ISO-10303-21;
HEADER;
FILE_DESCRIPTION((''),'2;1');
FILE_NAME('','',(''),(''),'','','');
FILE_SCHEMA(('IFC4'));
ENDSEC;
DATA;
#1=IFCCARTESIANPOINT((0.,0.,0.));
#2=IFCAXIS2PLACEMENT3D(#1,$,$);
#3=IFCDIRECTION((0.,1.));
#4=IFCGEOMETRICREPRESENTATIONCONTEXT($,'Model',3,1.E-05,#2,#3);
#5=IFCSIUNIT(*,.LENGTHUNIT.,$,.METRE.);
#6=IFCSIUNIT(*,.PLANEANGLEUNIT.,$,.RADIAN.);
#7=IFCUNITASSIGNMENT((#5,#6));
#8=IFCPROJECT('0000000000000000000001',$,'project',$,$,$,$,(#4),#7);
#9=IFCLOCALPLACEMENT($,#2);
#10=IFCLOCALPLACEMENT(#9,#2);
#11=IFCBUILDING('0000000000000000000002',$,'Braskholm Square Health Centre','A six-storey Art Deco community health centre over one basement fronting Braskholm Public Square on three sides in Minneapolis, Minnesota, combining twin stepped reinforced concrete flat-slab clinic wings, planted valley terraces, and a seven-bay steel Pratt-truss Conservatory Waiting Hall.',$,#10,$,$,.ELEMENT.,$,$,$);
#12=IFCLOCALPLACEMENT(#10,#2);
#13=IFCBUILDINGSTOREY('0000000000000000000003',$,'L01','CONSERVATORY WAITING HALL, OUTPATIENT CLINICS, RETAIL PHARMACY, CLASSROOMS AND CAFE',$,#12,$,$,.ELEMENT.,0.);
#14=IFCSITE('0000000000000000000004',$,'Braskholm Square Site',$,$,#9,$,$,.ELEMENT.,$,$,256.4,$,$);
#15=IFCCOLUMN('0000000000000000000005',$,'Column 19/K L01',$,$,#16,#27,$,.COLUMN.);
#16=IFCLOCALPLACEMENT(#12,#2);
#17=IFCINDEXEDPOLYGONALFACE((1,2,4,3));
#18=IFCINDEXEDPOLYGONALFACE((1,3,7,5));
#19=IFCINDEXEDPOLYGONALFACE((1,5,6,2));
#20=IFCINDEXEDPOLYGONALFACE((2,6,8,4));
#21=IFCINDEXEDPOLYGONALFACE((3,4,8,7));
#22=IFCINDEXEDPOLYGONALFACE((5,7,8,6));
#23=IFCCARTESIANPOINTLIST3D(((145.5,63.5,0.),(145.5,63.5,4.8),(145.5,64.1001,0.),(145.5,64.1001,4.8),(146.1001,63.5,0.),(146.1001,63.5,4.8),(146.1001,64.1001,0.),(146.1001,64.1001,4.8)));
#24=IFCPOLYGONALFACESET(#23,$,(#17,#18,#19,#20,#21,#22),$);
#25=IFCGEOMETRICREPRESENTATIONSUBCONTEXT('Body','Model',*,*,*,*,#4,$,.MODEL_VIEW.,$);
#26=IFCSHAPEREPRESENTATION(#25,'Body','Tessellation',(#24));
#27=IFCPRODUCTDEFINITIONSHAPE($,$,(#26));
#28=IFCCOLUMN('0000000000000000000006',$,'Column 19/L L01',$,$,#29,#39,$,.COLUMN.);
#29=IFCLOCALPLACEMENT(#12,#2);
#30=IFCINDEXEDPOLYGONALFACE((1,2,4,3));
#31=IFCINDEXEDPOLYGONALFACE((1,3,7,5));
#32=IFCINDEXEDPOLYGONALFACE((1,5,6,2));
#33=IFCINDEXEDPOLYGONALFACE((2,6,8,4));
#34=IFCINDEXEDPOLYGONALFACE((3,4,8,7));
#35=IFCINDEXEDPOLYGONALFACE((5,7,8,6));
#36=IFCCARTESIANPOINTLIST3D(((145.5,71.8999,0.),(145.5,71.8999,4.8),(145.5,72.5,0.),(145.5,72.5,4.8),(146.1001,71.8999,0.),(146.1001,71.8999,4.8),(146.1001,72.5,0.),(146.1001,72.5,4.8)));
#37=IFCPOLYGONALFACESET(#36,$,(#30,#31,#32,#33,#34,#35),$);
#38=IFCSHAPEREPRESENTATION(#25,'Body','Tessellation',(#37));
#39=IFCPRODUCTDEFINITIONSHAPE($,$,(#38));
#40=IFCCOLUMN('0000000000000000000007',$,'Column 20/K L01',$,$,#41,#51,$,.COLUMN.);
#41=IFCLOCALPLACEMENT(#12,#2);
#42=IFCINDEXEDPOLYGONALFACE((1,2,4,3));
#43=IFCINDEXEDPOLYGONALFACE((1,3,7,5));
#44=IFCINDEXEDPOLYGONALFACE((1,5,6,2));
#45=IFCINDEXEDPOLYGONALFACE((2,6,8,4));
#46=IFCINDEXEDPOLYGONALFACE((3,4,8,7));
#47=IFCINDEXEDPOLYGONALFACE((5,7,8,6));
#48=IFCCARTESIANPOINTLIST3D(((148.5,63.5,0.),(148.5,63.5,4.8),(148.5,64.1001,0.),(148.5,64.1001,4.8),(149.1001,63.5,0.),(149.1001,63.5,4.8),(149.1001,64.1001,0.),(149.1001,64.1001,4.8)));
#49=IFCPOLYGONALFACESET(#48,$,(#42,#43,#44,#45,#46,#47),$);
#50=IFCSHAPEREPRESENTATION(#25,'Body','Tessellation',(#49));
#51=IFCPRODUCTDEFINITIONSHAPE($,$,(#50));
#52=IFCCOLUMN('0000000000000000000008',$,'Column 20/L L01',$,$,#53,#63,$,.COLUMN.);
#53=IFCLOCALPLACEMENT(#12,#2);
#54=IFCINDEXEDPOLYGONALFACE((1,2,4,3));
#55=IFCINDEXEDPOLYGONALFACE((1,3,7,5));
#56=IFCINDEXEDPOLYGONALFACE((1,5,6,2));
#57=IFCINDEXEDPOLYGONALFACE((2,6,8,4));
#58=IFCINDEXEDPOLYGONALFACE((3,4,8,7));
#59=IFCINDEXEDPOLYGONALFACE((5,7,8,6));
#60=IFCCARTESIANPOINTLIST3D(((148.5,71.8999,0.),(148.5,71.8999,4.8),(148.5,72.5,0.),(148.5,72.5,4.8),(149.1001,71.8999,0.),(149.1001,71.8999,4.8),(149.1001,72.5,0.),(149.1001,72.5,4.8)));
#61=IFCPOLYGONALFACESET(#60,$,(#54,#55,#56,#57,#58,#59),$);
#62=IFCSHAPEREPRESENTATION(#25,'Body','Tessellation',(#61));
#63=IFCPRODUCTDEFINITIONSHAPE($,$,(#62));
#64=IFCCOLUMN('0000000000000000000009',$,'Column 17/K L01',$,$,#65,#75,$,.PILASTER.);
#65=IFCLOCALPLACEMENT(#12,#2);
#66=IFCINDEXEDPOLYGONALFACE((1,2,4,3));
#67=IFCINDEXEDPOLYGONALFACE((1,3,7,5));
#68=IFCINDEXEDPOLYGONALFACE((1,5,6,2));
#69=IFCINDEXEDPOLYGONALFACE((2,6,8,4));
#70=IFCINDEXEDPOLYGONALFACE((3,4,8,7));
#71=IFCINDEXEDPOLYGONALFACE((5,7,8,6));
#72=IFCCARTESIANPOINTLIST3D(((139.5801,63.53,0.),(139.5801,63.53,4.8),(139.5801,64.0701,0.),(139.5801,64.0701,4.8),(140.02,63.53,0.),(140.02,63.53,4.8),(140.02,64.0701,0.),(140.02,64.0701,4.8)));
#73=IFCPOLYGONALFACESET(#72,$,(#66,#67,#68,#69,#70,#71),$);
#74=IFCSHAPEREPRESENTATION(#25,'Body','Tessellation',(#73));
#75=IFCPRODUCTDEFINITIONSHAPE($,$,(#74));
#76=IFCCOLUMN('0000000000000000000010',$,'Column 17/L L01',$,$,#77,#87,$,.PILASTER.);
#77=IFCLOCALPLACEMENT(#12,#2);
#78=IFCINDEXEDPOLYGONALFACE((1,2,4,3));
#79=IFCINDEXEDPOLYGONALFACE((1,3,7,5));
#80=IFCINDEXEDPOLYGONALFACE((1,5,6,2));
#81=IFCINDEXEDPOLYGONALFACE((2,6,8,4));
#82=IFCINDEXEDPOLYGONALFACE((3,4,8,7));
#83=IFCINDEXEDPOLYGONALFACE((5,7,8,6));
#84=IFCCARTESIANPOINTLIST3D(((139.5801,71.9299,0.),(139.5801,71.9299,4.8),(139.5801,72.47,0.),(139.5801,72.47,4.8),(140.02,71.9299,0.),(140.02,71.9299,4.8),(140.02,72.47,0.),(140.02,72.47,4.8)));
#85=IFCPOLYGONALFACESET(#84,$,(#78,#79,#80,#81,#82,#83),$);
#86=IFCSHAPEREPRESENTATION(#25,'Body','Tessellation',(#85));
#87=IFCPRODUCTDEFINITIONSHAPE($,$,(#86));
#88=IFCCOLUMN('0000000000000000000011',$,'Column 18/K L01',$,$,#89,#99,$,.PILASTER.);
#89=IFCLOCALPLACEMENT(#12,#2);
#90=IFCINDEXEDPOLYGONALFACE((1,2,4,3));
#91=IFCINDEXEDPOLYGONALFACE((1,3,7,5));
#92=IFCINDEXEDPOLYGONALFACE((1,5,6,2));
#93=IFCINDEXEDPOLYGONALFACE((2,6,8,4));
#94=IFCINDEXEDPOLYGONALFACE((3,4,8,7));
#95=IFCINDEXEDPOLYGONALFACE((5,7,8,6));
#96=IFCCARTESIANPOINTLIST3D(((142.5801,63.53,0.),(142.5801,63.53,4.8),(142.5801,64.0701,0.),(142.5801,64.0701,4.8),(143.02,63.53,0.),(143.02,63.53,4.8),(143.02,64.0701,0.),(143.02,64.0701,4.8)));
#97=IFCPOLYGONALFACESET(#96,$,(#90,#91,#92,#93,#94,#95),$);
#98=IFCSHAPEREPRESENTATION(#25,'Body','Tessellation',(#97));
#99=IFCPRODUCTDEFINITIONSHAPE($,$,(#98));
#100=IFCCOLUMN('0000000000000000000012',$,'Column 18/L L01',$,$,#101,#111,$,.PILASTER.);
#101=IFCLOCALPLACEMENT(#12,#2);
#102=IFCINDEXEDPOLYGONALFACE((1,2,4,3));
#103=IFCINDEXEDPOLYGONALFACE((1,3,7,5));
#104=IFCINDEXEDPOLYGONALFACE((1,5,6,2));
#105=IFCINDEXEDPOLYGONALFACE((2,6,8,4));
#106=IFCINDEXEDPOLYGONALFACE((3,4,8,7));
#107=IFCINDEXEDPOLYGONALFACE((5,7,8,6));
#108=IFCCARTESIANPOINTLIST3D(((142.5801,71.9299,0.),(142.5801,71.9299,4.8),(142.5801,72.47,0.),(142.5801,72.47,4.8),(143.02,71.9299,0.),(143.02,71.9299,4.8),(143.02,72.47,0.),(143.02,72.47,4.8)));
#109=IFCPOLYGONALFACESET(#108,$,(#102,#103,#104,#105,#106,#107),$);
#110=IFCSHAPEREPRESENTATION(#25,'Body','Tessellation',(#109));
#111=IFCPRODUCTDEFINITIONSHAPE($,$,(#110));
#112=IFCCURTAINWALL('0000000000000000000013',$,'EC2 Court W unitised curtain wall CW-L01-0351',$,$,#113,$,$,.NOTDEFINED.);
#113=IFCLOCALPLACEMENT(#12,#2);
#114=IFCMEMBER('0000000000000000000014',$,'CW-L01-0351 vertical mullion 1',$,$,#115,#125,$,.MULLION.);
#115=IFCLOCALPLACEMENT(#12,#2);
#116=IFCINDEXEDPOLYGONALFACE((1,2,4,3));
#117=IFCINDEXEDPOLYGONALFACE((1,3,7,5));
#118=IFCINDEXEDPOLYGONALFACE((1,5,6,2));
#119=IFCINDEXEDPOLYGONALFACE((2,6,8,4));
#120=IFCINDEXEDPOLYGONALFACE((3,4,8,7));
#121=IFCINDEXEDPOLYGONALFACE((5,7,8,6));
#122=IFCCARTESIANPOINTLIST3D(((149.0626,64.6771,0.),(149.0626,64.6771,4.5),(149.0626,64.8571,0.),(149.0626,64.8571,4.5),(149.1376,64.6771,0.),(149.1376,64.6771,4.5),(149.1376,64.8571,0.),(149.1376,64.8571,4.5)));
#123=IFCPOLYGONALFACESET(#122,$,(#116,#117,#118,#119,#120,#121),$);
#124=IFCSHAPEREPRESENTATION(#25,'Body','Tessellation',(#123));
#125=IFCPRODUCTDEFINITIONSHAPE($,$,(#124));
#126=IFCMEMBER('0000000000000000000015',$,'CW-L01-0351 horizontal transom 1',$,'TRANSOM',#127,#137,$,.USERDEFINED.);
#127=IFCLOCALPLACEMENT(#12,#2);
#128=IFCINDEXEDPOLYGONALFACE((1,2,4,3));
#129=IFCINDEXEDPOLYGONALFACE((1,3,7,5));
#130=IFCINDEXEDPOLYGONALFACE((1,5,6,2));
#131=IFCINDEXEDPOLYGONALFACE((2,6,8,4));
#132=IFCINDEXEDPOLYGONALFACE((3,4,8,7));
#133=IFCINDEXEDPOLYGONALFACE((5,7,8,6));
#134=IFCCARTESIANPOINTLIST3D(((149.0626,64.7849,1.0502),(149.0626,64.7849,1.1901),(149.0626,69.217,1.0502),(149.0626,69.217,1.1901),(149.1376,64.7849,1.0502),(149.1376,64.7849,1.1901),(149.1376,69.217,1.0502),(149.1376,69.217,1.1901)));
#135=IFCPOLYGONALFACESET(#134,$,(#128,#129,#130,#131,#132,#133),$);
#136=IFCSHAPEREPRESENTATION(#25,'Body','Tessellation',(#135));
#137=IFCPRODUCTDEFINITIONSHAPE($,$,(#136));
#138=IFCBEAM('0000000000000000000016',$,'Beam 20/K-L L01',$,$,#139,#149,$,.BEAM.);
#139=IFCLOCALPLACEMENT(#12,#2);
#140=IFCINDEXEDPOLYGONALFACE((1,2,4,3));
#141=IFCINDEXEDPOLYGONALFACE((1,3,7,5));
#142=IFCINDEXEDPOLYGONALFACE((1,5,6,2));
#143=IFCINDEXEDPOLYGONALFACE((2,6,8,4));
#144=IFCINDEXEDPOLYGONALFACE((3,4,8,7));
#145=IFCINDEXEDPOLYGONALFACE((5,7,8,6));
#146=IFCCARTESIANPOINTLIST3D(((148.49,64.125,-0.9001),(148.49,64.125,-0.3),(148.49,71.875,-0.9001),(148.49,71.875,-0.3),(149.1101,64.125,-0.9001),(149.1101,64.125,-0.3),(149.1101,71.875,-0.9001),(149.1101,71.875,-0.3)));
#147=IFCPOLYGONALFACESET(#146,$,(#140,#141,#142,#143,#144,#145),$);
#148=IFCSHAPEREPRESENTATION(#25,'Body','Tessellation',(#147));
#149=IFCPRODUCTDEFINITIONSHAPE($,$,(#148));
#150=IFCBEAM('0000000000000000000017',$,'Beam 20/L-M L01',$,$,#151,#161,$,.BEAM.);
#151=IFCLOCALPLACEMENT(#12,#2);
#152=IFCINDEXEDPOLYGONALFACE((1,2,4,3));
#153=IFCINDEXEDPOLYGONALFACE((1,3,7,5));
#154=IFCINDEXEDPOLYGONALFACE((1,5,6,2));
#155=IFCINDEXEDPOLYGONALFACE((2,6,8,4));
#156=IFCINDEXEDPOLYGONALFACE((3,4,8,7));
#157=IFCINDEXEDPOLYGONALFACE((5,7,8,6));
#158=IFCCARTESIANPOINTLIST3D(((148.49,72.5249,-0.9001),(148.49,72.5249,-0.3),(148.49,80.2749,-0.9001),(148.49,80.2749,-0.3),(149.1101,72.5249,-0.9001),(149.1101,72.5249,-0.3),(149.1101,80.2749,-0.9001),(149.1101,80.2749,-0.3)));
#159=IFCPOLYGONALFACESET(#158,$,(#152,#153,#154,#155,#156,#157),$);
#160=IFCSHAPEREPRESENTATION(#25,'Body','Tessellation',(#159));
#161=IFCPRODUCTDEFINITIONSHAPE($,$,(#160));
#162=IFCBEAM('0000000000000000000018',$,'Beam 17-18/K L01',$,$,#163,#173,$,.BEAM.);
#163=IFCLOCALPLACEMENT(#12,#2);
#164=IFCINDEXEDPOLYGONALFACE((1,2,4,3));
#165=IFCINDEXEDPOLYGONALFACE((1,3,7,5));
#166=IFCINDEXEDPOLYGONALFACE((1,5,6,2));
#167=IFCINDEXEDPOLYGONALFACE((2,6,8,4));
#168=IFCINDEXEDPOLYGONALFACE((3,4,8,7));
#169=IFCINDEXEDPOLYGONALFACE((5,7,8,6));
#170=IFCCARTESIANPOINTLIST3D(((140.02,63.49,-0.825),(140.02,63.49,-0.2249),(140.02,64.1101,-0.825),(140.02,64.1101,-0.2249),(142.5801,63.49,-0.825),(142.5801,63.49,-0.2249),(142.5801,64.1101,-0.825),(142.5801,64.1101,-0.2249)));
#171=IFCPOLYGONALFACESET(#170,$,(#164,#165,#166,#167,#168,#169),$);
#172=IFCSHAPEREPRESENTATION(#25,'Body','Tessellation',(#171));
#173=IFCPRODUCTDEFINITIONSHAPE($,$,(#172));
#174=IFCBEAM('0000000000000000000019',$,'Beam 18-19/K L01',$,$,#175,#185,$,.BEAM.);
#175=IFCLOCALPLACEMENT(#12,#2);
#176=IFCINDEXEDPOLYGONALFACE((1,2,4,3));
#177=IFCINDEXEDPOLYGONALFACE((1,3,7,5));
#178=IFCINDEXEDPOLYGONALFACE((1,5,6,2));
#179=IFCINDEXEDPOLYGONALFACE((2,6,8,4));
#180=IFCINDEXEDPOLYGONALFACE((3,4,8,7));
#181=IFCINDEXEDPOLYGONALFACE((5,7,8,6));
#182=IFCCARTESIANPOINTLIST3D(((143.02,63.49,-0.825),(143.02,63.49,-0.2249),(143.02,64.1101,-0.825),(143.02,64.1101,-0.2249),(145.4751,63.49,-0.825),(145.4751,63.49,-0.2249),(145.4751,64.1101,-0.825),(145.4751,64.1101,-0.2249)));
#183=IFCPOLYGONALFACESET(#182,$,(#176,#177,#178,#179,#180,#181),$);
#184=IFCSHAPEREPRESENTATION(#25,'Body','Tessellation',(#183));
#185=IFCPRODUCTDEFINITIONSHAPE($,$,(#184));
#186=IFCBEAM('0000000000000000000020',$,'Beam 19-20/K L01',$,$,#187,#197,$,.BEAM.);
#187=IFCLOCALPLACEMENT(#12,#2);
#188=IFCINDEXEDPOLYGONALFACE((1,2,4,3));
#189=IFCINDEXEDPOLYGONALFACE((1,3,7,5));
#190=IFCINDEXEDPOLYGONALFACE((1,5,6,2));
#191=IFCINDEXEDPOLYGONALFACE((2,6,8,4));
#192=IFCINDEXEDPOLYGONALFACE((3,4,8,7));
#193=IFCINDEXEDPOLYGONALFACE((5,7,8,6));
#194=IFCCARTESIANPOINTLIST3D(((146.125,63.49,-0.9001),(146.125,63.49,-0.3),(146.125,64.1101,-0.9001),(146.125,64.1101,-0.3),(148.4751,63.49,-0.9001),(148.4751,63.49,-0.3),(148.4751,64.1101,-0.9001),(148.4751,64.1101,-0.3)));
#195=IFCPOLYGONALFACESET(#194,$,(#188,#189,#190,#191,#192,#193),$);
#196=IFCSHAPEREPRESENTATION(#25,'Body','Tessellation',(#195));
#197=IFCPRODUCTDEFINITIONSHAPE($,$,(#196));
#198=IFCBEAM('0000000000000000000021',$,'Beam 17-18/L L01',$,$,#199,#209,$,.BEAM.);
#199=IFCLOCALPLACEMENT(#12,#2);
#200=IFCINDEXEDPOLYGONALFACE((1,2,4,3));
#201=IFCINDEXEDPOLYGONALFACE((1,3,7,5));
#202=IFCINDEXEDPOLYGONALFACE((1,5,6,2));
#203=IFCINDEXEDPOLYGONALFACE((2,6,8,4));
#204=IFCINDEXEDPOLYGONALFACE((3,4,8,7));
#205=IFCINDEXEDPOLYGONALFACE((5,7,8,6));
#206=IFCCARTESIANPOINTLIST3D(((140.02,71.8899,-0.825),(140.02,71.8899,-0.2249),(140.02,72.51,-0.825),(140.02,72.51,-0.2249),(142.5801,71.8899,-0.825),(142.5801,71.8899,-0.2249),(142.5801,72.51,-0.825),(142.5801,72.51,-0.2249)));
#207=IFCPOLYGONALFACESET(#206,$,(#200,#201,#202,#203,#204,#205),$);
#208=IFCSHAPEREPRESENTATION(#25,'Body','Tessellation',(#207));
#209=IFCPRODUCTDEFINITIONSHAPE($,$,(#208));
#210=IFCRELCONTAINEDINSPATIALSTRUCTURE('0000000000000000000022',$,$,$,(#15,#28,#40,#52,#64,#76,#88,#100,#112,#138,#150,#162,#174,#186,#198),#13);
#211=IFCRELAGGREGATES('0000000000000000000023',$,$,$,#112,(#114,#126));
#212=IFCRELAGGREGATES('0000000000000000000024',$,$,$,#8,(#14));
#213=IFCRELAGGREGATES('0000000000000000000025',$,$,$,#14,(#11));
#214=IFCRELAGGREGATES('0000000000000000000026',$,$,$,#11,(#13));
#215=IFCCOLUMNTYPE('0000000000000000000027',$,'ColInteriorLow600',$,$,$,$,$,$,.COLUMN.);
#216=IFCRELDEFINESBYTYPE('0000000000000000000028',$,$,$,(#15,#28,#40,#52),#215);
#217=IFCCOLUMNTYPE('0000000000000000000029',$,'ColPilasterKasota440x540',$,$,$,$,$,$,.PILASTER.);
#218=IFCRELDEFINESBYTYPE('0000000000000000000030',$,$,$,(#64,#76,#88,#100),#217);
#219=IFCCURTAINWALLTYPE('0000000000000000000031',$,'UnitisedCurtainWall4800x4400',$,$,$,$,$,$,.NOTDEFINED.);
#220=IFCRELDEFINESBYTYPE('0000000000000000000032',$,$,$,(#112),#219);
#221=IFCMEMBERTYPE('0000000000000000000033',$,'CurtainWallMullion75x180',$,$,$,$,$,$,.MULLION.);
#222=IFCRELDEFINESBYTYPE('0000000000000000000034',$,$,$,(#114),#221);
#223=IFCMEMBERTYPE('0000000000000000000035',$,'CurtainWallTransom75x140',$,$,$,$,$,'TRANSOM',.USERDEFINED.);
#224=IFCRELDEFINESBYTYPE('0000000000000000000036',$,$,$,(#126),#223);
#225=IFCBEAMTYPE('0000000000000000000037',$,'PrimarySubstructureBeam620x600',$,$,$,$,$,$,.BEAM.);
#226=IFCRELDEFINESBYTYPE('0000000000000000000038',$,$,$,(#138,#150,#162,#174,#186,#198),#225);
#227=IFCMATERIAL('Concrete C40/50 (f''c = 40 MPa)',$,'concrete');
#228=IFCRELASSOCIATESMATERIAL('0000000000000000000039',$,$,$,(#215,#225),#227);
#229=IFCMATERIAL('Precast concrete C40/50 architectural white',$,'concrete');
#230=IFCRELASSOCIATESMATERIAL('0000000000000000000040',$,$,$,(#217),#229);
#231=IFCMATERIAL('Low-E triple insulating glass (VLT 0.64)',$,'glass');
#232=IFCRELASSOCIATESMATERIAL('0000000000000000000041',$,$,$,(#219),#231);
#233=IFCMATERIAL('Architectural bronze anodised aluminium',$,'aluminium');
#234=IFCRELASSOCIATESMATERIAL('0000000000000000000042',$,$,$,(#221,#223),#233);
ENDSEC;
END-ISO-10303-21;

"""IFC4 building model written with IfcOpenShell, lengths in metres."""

from ifc_helpers import new_model, si_unit, direction, frame, origin, origin_2d, place, context, subcontext, project, spatial, rectangle, extrude, material, material_profile, profile_set, type_object, element, aggregate, save


model = new_model("IFC4")

# Units and contexts
model_context = context("Model", 3, precision=1e-05, world=origin(), true_north=direction((0.0, 1.0)))
body_context = subcontext(model_context, "Body", "Model", "MODEL_VIEW")
ifc_project = project(units=[si_unit("LENGTHUNIT", "METRE"), si_unit("PLANEANGLEUNIT", "RADIAN")], contexts=[model_context])

# Site, building, storey
site_placement = place(None, origin())
site = spatial("IfcSite", under=ifc_project, at=site_placement, Name="Braskholm Square Site", CompositionType="ELEMENT", RefElevation=256.4)
building_placement = place(site_placement, origin())
building = spatial("IfcBuilding", under=site, at=building_placement, Name="Braskholm Square Health Centre", Description="A six-storey Art Deco community health centre over one basement fronting Braskholm Public Square on three sides in Minneapolis, Minnesota, combining twin stepped reinforced concrete flat-slab clinic wings, planted valley terraces, and a seven-bay steel Pratt-truss Conservatory Waiting Hall.", CompositionType="ELEMENT")
storey_placement = place(building_placement, origin())
storey = spatial("IfcBuildingStorey", under=building, at=storey_placement, Name="L01", Description="CONSERVATORY WAITING HALL, OUTPATIENT CLINICS, RETAIL PHARMACY, CLASSROOMS AND CAFE", CompositionType="ELEMENT", Elevation=0.0)

# Columns
ifc_material_1 = material(Name="Concrete C40/50 (f'c = 40 MPa)", Category="concrete")
ifc_material_profile_1 = material_profile(ifc_material_1, rectangle(XDim=0.6001, YDim=0.6001, at=origin_2d()), Name="RC-600X600")
ifc_profile_set_1 = profile_set([ifc_material_profile_1], Name="Concrete C40/50 (f'c = 40 MPa)")
column_type_1 = type_object("IfcColumnType", Name="ColInteriorLow600", PredefinedType="COLUMN", material=ifc_profile_set_1)
for number, where, z_axis, x_axis, name in (
    (1, (145.8, 63.8, 0.0), (0.0, 0.0, 1.0), (1.0, 0.0, 0.0), "Column 19/K L01"),
    (2, (145.8, 72.2, 0.0), (0.0, 0.0, 1.0), (1.0, 0.0, 0.0), "Column 19/L L01"),
    (3, (148.8, 63.8, 0.0), (0.0, 0.0, 1.0), (1.0, 0.0, 0.0), "Column 20/K L01"),
    (4, (148.8, 72.2, 0.0), (0.0, 0.0, 1.0), (1.0, 0.0, 0.0), "Column 20/L L01"),
):
    element("IfcColumn", number, at=place(storey_placement, frame(where, z_axis=z_axis, x_axis=x_axis)), inside=storey, type_object=column_type_1, Name=name, PredefinedType="COLUMN", context=body_context, shape_type="SweptSolid", body=[
        extrude(rectangle(XDim=0.6001, YDim=0.6001, at=origin_2d()), origin(), (0.0, 0.0, 1.0), 4.8),
    ])
ifc_material_2 = material(Name="Precast concrete C40/50 architectural white", Category="concrete")
ifc_material_profile_2 = material_profile(ifc_material_2, rectangle(XDim=0.4399, YDim=0.54, at=origin_2d()), Name="RC-440X540")
ifc_profile_set_2 = profile_set([ifc_material_profile_2], Name="Precast concrete C40/50 architectural white")
column_type_2 = type_object("IfcColumnType", Name="ColPilasterKasota440x540", PredefinedType="PILASTER", material=ifc_profile_set_2)
for number, where, z_axis, x_axis, name in (
    (5, (139.8, 63.8, 0.0), (0.0, 0.0, 1.0), (1.0, 0.0, 0.0), "Column 17/K L01"),
    (6, (139.8, 72.2, 0.0), (0.0, 0.0, 1.0), (1.0, 0.0, 0.0), "Column 17/L L01"),
    (7, (142.8, 63.8, 0.0), (0.0, 0.0, 1.0), (1.0, 0.0, 0.0), "Column 18/K L01"),
    (8, (142.8, 72.2, 0.0), (0.0, 0.0, 1.0), (1.0, 0.0, 0.0), "Column 18/L L01"),
):
    element("IfcColumn", number, at=place(storey_placement, frame(where, z_axis=z_axis, x_axis=x_axis)), inside=storey, type_object=column_type_2, Name=name, PredefinedType="PILASTER", context=body_context, shape_type="SweptSolid", body=[
        extrude(rectangle(XDim=0.4399, YDim=0.54, at=origin_2d()), origin(), (0.0, 0.0, 1.0), 4.8),
    ])

# Curtain wall, members
ifc_material_3 = material(Name="Low-E triple insulating glass (VLT 0.64)", Category="glass")
curtain_wall_type = type_object("IfcCurtainWallType", Name="UnitisedCurtainWall4800x4400", PredefinedType="NOTDEFINED", material=ifc_material_3)
curtain_wall_placement = place(storey_placement, origin())
curtain_wall = element("IfcCurtainWall", 9, at=curtain_wall_placement, inside=storey, type_object=curtain_wall_type, Name="EC2 Court W unitised curtain wall CW-L01-0351", PredefinedType="NOTDEFINED")
ifc_material_4 = material(Name="Architectural bronze anodised aluminium", Category="aluminium")
ifc_material_profile_3 = material_profile(ifc_material_4, rectangle(XDim=0.075, YDim=0.1799, at=origin_2d()), Name="ALU-75X180")
ifc_profile_set_3 = profile_set([ifc_material_profile_3], Name="Architectural bronze anodised aluminium")
member_type_1 = type_object("IfcMemberType", Name="CurtainWallMullion75x180", PredefinedType="MULLION", material=ifc_profile_set_3)
member_1_placement = place(storey_placement, frame((149.1001, 64.7671, 0.0), z_axis=(0.0, 0.0, 1.0), x_axis=(1.0, 0.0, 0.0)))
member_1 = element("IfcMember", 10, at=member_1_placement, type_object=member_type_1, Name="CW-L01-0351 vertical mullion 1", PredefinedType="MULLION", context=body_context, shape_type="SweptSolid", body=[
    extrude(rectangle(XDim=0.075, YDim=0.1799, at=origin_2d()), origin(), (0.0, 0.0, 1.0), 4.5),
])
ifc_material_profile_4 = material_profile(ifc_material_4, rectangle(XDim=0.075, YDim=0.1399, at=origin_2d()), Name="ALU-75X140")
ifc_profile_set_4 = profile_set([ifc_material_profile_4], Name="Architectural bronze anodised aluminium")
member_type_2 = type_object("IfcMemberType", Name="CurtainWallTransom75x140", ElementType="TRANSOM", PredefinedType="USERDEFINED", material=ifc_profile_set_4)
member_2_placement = place(storey_placement, frame((149.1001, 64.7849, 1.1201), z_axis=(0.0, 1.0, 0.0), x_axis=(-1.0, 0.0, 0.0)))
member_2 = element("IfcMember", 11, at=member_2_placement, type_object=member_type_2, Name="CW-L01-0351 horizontal transom 1", ObjectType="TRANSOM", PredefinedType="USERDEFINED", context=body_context, shape_type="SweptSolid", body=[
    extrude(rectangle(XDim=0.075, YDim=0.1399, at=origin_2d()), origin(), (0.0, 0.0, 1.0), 4.4321),
])
aggregate(curtain_wall, [member_1, member_2])

# Beams
ifc_material_profile_5 = material_profile(ifc_material_1, rectangle(XDim=0.6201, YDim=0.6001, at=origin_2d()), Name="RCB-620X600")
ifc_profile_set_5 = profile_set([ifc_material_profile_5], Name="Concrete C40/50 (f'c = 40 MPa)")
beam_type_1 = type_object("IfcBeamType", Name="PrimarySubstructureBeam620x600", PredefinedType="BEAM", material=ifc_profile_set_5)
for number, where, z_axis, x_axis, name in (
    (12, (148.8, 64.125, -0.6001), (0.0, 1.0, 0.0), (-1.0, 0.0, 0.0), "Beam 20/K-L L01"),
    (13, (148.8, 72.5249, -0.6001), (0.0, 1.0, 0.0), (-1.0, 0.0, 0.0), "Beam 20/L-M L01"),
):
    element("IfcBeam", number, at=place(storey_placement, frame(where, z_axis=z_axis, x_axis=x_axis)), inside=storey, type_object=beam_type_1, Name=name, PredefinedType="BEAM", context=body_context, shape_type="SweptSolid", body=[
        extrude(rectangle(XDim=0.6201, YDim=0.6001, at=origin_2d()), origin(), (0.0, 0.0, 1.0), 7.75),
    ])
beam_1_placement = place(storey_placement, frame((140.02, 63.8, -0.5249), z_axis=(1.0, 0.0, 0.0), x_axis=(0.0, 1.0, 0.0)))
element("IfcBeam", 14, at=beam_1_placement, inside=storey, type_object=beam_type_1, Name="Beam 17-18/K L01", PredefinedType="BEAM", context=body_context, shape_type="SweptSolid", body=[
    extrude(rectangle(XDim=0.6201, YDim=0.6001, at=origin_2d()), origin(), (0.0, 0.0, 1.0), 2.5601),
])
beam_2_placement = place(storey_placement, frame((143.02, 63.8, -0.5249), z_axis=(1.0, 0.0, 0.0), x_axis=(0.0, 1.0, 0.0)))
element("IfcBeam", 15, at=beam_2_placement, inside=storey, type_object=beam_type_1, Name="Beam 18-19/K L01", PredefinedType="BEAM", context=body_context, shape_type="SweptSolid", body=[
    extrude(rectangle(XDim=0.6201, YDim=0.6001, at=origin_2d()), origin(), (0.0, 0.0, 1.0), 2.4551),
])
beam_3_placement = place(storey_placement, frame((146.125, 63.8, -0.6001), z_axis=(1.0, 0.0, 0.0), x_axis=(0.0, 1.0, 0.0)))
element("IfcBeam", 16, at=beam_3_placement, inside=storey, type_object=beam_type_1, Name="Beam 19-20/K L01", PredefinedType="BEAM", context=body_context, shape_type="SweptSolid", body=[
    extrude(rectangle(XDim=0.6201, YDim=0.6001, at=origin_2d()), origin(), (0.0, 0.0, 1.0), 2.3501),
])
beam_4_placement = place(storey_placement, frame((140.02, 72.2, -0.5249), z_axis=(1.0, 0.0, 0.0), x_axis=(0.0, 1.0, 0.0)))
element("IfcBeam", 17, at=beam_4_placement, inside=storey, type_object=beam_type_1, Name="Beam 17-18/L L01", PredefinedType="BEAM", context=body_context, shape_type="SweptSolid", body=[
    extrude(rectangle(XDim=0.6201, YDim=0.6001, at=origin_2d()), origin(), (0.0, 0.0, 1.0), 2.5601),
])

save(model, "model.ifc")
